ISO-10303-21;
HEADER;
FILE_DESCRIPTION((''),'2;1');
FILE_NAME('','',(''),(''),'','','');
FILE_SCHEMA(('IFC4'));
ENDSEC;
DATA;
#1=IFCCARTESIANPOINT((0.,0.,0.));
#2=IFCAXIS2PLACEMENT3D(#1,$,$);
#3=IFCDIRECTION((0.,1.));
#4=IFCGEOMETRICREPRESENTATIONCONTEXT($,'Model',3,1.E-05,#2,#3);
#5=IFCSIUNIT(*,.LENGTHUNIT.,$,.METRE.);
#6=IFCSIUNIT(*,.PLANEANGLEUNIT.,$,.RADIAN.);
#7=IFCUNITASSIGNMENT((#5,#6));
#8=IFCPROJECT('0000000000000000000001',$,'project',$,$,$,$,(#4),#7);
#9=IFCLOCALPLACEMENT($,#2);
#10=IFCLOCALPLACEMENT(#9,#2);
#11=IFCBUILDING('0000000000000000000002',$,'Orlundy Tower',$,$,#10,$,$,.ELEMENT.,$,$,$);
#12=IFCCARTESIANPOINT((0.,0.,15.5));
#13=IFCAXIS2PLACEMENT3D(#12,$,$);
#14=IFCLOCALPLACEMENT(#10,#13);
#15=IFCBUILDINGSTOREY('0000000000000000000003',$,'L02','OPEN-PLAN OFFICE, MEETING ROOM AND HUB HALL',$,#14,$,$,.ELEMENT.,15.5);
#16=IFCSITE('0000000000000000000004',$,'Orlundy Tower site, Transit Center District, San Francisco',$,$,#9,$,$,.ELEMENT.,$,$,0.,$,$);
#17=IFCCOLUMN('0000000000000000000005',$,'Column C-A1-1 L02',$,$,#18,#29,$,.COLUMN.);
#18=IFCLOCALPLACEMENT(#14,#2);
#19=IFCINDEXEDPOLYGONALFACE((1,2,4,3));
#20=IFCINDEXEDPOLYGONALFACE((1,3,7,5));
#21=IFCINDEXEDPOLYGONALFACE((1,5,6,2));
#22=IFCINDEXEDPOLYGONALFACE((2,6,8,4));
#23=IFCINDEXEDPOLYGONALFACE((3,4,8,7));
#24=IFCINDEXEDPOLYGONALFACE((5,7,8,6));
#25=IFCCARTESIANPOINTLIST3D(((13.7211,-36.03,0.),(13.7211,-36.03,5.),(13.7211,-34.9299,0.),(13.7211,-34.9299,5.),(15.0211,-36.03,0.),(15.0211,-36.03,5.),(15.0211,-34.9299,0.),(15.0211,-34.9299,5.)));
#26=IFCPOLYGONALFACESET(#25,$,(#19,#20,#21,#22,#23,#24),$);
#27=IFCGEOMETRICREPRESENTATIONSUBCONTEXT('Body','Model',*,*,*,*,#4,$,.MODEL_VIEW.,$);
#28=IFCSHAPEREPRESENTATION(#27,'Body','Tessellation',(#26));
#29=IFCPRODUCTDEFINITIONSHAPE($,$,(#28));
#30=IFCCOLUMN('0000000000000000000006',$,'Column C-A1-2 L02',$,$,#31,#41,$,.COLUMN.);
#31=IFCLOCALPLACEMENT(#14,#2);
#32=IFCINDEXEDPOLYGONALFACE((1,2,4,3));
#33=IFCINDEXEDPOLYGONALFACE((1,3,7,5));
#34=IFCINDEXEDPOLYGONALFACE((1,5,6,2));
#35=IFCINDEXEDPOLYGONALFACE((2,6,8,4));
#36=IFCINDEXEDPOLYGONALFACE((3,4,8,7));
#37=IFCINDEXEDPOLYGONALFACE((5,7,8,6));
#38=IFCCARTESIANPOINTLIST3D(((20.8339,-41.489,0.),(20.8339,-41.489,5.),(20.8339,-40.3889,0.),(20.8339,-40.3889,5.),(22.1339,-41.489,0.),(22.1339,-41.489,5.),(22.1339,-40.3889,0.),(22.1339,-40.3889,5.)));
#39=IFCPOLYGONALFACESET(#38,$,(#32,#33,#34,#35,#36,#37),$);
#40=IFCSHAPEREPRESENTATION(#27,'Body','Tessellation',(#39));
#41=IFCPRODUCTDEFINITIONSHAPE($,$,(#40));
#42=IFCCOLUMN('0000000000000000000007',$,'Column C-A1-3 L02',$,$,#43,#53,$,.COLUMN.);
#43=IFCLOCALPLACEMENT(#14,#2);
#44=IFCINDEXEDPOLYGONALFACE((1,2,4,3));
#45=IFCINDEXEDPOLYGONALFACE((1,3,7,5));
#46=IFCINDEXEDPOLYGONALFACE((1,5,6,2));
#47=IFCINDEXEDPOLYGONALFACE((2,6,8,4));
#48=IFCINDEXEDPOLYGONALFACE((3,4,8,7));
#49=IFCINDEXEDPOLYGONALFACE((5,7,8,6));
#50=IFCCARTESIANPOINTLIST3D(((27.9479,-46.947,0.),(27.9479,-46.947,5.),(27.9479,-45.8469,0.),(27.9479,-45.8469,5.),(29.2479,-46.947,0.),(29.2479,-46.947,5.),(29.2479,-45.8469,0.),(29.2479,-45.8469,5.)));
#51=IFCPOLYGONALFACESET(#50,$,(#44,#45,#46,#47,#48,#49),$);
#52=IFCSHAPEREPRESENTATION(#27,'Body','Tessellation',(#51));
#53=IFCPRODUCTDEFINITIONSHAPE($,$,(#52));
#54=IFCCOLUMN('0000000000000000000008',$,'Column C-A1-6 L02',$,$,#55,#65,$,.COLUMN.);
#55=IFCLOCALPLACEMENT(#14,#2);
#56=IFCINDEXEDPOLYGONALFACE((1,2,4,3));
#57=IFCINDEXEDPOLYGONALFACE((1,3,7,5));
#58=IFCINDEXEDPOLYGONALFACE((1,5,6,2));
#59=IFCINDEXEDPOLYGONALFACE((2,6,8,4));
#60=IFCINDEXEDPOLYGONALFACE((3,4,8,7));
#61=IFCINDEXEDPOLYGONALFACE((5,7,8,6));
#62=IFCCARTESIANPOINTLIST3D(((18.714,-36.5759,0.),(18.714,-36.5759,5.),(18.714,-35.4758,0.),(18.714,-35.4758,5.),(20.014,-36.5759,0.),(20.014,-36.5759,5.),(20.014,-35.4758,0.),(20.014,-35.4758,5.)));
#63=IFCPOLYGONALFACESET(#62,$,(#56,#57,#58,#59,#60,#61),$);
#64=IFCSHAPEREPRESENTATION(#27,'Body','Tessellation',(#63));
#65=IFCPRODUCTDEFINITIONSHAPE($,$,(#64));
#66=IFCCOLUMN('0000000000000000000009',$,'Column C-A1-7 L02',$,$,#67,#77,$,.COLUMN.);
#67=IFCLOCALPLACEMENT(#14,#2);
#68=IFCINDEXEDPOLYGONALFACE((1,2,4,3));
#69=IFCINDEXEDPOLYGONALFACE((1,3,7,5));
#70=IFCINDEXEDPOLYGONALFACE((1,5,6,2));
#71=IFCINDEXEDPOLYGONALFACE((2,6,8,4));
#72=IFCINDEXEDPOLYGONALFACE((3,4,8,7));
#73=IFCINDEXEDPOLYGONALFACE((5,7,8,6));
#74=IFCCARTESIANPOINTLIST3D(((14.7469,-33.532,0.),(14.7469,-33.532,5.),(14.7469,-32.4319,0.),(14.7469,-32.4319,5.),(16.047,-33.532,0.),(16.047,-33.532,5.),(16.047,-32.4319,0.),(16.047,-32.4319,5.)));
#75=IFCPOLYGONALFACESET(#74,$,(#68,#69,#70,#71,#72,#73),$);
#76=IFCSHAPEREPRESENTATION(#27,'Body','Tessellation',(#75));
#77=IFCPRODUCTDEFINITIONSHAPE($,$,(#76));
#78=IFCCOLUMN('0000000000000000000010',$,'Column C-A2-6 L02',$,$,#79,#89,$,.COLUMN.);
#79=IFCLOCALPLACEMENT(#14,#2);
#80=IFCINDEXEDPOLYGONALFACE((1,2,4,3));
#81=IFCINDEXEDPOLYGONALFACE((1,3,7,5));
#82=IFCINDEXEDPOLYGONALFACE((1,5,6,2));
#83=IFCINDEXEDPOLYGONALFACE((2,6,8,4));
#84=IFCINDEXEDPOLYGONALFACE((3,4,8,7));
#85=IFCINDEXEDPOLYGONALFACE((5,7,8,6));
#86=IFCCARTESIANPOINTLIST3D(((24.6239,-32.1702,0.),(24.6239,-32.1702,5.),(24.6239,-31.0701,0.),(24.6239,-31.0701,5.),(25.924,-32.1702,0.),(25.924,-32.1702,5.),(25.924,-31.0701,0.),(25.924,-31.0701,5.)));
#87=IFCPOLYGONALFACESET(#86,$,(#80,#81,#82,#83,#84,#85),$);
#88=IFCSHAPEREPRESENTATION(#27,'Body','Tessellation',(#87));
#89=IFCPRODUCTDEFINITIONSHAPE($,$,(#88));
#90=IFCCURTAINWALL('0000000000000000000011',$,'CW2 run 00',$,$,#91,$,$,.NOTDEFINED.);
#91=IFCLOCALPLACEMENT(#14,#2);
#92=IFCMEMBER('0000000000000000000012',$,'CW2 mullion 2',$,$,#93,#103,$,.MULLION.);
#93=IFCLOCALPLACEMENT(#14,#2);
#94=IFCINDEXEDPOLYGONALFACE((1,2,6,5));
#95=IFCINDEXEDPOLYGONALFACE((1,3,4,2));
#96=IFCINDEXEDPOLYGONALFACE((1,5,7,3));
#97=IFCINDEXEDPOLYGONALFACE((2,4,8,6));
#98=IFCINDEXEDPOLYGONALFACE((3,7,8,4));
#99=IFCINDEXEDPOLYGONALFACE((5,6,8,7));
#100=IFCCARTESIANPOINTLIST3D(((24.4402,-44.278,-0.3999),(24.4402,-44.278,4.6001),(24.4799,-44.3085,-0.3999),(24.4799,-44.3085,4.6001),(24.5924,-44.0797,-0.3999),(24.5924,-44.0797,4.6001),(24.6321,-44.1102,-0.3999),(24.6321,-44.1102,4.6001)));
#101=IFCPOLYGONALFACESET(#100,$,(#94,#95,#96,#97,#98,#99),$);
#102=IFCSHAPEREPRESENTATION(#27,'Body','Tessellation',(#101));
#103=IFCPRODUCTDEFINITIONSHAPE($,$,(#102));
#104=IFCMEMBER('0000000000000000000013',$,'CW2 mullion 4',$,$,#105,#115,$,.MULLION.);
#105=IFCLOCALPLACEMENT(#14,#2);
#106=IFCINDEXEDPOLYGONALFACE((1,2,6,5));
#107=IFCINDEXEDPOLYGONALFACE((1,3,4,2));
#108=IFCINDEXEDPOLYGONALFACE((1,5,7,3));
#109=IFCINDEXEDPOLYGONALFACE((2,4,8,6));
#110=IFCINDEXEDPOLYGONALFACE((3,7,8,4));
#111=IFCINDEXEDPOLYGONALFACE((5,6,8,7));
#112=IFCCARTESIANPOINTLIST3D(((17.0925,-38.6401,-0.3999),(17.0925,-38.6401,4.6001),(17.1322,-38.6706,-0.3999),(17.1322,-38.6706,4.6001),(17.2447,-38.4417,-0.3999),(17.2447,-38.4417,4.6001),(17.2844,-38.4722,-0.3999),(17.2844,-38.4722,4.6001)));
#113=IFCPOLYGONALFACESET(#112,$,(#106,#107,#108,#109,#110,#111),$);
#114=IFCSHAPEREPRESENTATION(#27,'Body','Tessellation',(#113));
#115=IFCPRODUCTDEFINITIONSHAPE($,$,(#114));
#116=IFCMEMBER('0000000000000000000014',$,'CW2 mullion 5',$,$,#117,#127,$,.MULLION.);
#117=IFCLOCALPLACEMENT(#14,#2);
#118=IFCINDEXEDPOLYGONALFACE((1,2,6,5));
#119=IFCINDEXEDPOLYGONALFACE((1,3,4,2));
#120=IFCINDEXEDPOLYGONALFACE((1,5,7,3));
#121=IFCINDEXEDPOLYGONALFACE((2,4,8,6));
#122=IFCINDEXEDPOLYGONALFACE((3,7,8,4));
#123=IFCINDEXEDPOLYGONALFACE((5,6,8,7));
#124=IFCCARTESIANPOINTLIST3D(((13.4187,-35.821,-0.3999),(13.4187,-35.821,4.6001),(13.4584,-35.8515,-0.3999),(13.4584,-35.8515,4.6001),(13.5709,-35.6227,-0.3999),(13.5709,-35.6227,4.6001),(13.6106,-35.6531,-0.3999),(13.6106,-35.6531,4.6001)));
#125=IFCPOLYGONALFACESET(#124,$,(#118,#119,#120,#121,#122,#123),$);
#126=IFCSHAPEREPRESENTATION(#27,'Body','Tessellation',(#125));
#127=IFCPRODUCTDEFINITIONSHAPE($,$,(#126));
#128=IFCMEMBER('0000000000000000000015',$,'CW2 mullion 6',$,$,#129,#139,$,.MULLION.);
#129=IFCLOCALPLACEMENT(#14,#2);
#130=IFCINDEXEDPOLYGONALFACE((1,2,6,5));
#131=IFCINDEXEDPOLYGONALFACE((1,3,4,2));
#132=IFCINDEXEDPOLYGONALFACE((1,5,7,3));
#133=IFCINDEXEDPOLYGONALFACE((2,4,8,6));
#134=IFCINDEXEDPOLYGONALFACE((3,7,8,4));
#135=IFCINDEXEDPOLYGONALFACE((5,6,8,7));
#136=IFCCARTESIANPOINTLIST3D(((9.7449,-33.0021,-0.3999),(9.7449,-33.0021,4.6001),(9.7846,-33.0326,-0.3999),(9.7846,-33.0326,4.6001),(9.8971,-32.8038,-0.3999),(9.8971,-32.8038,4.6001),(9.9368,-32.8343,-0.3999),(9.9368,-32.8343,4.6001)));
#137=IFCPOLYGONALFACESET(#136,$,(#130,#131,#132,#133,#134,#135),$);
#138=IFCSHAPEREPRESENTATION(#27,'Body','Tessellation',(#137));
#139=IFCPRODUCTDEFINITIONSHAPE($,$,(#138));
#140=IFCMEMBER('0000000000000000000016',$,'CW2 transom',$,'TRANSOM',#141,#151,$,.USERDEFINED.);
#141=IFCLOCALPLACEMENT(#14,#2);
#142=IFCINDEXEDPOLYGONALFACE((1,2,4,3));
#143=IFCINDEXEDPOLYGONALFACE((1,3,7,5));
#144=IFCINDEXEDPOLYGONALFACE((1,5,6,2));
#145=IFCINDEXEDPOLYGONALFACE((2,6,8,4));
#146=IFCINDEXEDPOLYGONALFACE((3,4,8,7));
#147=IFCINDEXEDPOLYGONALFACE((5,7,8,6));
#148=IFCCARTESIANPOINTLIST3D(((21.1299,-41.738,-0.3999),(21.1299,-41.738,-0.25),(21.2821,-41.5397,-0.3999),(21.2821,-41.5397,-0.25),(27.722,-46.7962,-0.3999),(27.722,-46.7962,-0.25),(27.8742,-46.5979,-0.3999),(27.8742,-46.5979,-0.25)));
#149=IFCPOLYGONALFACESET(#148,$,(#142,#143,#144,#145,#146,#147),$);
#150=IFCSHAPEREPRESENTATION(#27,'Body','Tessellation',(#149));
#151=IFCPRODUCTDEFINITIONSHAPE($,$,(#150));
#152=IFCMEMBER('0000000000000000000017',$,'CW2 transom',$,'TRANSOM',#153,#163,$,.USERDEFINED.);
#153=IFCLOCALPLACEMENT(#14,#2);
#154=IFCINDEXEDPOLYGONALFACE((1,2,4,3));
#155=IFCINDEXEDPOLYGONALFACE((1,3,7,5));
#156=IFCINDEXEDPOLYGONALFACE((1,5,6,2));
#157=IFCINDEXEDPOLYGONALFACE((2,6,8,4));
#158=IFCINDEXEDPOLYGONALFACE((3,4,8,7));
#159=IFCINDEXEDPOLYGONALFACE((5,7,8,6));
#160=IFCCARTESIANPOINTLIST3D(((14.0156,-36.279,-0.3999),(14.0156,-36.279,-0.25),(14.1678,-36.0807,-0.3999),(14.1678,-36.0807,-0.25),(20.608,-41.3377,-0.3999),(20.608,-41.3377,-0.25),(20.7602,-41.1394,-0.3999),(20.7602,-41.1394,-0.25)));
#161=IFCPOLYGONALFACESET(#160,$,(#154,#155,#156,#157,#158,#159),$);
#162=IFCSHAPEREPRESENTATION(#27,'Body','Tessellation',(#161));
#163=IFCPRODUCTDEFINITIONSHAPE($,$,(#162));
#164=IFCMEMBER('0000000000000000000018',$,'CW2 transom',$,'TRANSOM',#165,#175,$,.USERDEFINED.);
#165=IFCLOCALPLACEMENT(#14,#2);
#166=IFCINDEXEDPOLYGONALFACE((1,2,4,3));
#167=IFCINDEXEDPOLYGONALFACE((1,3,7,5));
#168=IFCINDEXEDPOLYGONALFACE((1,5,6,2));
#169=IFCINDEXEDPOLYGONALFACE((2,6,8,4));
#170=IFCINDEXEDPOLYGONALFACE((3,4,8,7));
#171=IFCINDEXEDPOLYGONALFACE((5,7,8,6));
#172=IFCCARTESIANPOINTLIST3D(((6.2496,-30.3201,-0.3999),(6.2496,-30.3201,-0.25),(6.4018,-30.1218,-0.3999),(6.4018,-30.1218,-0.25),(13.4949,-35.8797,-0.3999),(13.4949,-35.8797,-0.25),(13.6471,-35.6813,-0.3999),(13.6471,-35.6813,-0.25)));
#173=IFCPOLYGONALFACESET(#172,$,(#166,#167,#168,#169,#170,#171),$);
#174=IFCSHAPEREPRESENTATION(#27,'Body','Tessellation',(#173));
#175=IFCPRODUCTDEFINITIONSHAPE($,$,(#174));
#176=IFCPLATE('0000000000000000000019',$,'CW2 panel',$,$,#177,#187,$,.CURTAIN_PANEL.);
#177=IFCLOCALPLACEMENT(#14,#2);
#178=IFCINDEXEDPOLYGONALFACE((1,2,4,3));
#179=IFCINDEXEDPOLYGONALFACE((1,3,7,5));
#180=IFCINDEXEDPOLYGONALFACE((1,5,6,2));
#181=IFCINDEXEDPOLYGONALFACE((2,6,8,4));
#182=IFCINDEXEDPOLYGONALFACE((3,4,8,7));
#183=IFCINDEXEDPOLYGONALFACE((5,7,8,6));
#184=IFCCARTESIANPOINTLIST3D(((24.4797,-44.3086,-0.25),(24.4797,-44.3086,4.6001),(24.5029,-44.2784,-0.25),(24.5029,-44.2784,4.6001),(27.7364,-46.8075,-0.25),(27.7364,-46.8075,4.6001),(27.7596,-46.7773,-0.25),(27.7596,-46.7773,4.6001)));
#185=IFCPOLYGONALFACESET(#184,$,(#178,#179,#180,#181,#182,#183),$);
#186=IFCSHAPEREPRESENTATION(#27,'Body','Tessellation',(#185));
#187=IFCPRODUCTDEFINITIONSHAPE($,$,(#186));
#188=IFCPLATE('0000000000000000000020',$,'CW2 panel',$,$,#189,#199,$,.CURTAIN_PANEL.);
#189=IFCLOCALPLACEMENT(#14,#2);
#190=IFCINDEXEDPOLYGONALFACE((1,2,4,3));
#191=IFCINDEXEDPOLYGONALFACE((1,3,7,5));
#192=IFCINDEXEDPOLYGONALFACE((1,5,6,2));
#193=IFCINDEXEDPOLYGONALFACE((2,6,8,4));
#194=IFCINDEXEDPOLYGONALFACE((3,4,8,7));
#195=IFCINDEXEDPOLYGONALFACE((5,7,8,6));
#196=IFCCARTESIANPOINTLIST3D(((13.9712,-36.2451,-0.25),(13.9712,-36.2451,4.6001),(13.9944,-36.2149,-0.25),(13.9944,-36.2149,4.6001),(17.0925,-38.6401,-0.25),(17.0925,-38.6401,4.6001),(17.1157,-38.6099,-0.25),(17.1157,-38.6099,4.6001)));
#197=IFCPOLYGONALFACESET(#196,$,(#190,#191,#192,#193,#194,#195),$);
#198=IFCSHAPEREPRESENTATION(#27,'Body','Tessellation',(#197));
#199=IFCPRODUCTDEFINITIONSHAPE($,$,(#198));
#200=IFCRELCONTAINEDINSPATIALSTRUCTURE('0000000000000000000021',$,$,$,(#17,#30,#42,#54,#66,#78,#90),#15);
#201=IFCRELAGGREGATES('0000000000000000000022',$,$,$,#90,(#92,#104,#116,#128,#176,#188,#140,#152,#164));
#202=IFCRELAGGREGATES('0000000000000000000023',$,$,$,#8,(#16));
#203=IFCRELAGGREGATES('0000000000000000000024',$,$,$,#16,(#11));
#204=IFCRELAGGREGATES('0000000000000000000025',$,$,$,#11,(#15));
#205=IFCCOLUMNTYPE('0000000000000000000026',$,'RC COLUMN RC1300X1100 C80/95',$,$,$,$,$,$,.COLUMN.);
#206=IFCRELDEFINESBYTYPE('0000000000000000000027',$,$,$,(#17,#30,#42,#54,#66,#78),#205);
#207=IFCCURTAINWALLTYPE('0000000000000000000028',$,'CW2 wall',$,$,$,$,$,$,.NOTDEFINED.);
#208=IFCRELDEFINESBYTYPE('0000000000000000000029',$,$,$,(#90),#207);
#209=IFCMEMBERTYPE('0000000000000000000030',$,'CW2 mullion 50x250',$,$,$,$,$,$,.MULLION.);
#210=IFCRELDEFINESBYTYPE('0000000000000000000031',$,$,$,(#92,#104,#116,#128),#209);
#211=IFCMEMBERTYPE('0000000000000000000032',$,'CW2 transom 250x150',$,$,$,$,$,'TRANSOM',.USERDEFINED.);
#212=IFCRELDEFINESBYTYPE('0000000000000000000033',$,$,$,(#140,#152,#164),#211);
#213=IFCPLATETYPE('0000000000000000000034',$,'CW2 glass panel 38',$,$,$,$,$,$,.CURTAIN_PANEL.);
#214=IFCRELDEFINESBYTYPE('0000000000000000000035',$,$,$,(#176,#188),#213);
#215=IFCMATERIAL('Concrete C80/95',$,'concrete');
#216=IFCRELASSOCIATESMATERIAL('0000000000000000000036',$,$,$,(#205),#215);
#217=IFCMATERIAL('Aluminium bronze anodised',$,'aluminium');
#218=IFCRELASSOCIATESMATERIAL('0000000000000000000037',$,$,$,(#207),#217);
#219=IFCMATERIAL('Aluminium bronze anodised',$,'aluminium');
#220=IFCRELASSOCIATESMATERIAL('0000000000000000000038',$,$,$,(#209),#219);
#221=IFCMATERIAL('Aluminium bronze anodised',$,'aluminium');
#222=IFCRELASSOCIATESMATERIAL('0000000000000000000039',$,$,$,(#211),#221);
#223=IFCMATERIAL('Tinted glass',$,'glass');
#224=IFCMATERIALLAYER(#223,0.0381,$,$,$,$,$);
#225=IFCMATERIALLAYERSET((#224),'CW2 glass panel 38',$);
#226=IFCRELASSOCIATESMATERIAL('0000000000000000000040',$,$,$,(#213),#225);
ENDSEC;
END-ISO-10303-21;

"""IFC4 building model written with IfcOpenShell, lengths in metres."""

from ifc_helpers import new_model, si_unit, direction, frame, origin, origin_2d, place, context, subcontext, project, spatial, rectangle, extrude, material, layer, layer_set, material_profile, profile_set, type_object, element, aggregate, save


model = new_model("IFC4")

# Units and contexts
model_context = context("Model", 3, precision=1e-05, world=origin(), true_north=direction((0.0, 1.0)))
body_context = subcontext(model_context, "Body", "Model", "MODEL_VIEW")
ifc_project = project(units=[si_unit("LENGTHUNIT", "METRE"), si_unit("PLANEANGLEUNIT", "RADIAN")], contexts=[model_context])

# Site, building, storey
site_placement = place(None, origin())
site = spatial("IfcSite", under=ifc_project, at=site_placement, Name="Orlundy Tower site, Transit Center District, San Francisco", CompositionType="ELEMENT", RefElevation=0.0)
building_placement = place(site_placement, origin())
building = spatial("IfcBuilding", under=site, at=building_placement, Name="Orlundy Tower", CompositionType="ELEMENT")
storey_placement = place(building_placement, frame((0.0, 0.0, 15.5)))
storey = spatial("IfcBuildingStorey", under=building, at=storey_placement, Name="L02", Description="OPEN-PLAN OFFICE, MEETING ROOM AND HUB HALL", CompositionType="ELEMENT", Elevation=15.5)

# Columns
ifc_material_1 = material(Name="Concrete C80/95", Category="concrete")
ifc_material_profile_1 = material_profile(ifc_material_1, rectangle(XDim=1.3, YDim=1.1001, at=origin_2d()), Name="RC1300X1100")
ifc_profile_set_1 = profile_set([ifc_material_profile_1], Name="Concrete C80/95")
column_type = type_object("IfcColumnType", Name="RC COLUMN RC1300X1100 C80/95", PredefinedType="COLUMN", material=ifc_profile_set_1)
for number, where, z_axis, x_axis, name in (
    (1, (14.3711, -35.48, 0.0), (0.0, 0.0, 1.0), (1.0, 0.0, 0.0), "Column C-A1-1 L02"),
    (2, (21.4839, -40.939, 0.0), (0.0, 0.0, 1.0), (1.0, 0.0, 0.0), "Column C-A1-2 L02"),
    (3, (28.5979, -46.397, 0.0), (0.0, 0.0, 1.0), (1.0, 0.0, 0.0), "Column C-A1-3 L02"),
    (4, (19.364, -36.0259, 0.0), (0.0, 0.0, 1.0), (1.0, 0.0, 0.0), "Column C-A1-6 L02"),
    (5, (15.397, -32.9819, 0.0), (0.0, 0.0, 1.0), (1.0, 0.0, 0.0), "Column C-A1-7 L02"),
    (6, (25.2739, -31.6201, 0.0), (0.0, 0.0, 1.0), (1.0, 0.0, 0.0), "Column C-A2-6 L02"),
):
    element("IfcColumn", number, at=place(storey_placement, frame(where, z_axis=z_axis, x_axis=x_axis)), inside=storey, type_object=column_type, Name=name, PredefinedType="COLUMN", context=body_context, shape_type="SweptSolid", body=[
        extrude(rectangle(XDim=1.3, YDim=1.1001, at=origin_2d()), origin(), (0.0, 0.0, 1.0), 5.0),
    ])

# Curtain wall, members, plates
ifc_material_2 = material(Name="Aluminium bronze anodised", Category="aluminium")
curtain_wall_type = type_object("IfcCurtainWallType", Name="CW2 wall", PredefinedType="NOTDEFINED", material=ifc_material_2)
curtain_wall_1_placement = place(storey_placement, origin())
curtain_wall_1 = element("IfcCurtainWall", 7, at=curtain_wall_1_placement, inside=storey, type_object=curtain_wall_type, Name="CW2 run 00", PredefinedType="NOTDEFINED")
ifc_material_3 = material(Name="Aluminium bronze anodised", Category="aluminium")
ifc_material_profile_2 = material_profile(ifc_material_3, rectangle(XDim=0.25, YDim=0.05, at=origin_2d()), Name="CW2 mullion 50x250")
ifc_profile_set_2 = profile_set([ifc_material_profile_2], Name="Aluminium bronze anodised")
member_type_1 = type_object("IfcMemberType", Name="CW2 mullion 50x250", PredefinedType="MULLION", material=ifc_profile_set_2)
member_1_placement = place(storey_placement, frame((24.5361, -44.1941, -0.3999), z_axis=(0.0, 0.0, 1.0), x_axis=(-0.608757, -0.793357, 0.0)))
member_1 = element("IfcMember", 8, at=member_1_placement, type_object=member_type_1, Name="CW2 mullion 2", PredefinedType="MULLION", context=body_context, shape_type="SweptSolid", body=[
    extrude(rectangle(XDim=0.25, YDim=0.05, at=origin_2d()), origin(), (0.0, 0.0, 1.0), 5.0),
])
member_2_placement = place(storey_placement, frame((17.1885, -38.5562, -0.3999), z_axis=(0.0, 0.0, 1.0), x_axis=(-0.608757, -0.793357, 0.0)))
member_2 = element("IfcMember", 9, at=member_2_placement, type_object=member_type_1, Name="CW2 mullion 4", PredefinedType="MULLION", context=body_context, shape_type="SweptSolid", body=[
    extrude(rectangle(XDim=0.25, YDim=0.05, at=origin_2d()), origin(), (0.0, 0.0, 1.0), 5.0),
])
member_3_placement = place(storey_placement, frame((13.5146, -35.7371, -0.3999), z_axis=(0.0, 0.0, 1.0), x_axis=(-0.608757, -0.793357, 0.0)))
member_3 = element("IfcMember", 10, at=member_3_placement, type_object=member_type_1, Name="CW2 mullion 5", PredefinedType="MULLION", context=body_context, shape_type="SweptSolid", body=[
    extrude(rectangle(XDim=0.25, YDim=0.05, at=origin_2d()), origin(), (0.0, 0.0, 1.0), 5.0),
])
member_4_placement = place(storey_placement, frame((9.8408, -32.9182, -0.3999), z_axis=(0.0, 0.0, 1.0), x_axis=(-0.608757, -0.793357, 0.0)))
member_4 = element("IfcMember", 11, at=member_4_placement, type_object=member_type_1, Name="CW2 mullion 6", PredefinedType="MULLION", context=body_context, shape_type="SweptSolid", body=[
    extrude(rectangle(XDim=0.25, YDim=0.05, at=origin_2d()), origin(), (0.0, 0.0, 1.0), 5.0),
])
ifc_material_4 = material(Name="Aluminium bronze anodised", Category="aluminium")
ifc_material_profile_3 = material_profile(ifc_material_4, rectangle(XDim=0.25, YDim=0.1499, at=origin_2d()), Name="CW2 transom 250x150")
ifc_profile_set_3 = profile_set([ifc_material_profile_3], Name="Aluminium bronze anodised")
member_type_2 = type_object("IfcMemberType", Name="CW2 transom 250x150", ElementType="TRANSOM", PredefinedType="USERDEFINED", material=ifc_profile_set_3)
member_5_placement = place(storey_placement, frame((27.7981, -46.697, -0.325), z_axis=(-0.793362, 0.60875, 0.0), x_axis=(-0.60875, -0.793362, 0.0)))
member_5 = element("IfcMember", 12, at=member_5_placement, type_object=member_type_2, Name="CW2 transom", ObjectType="TRANSOM", PredefinedType="USERDEFINED", context=body_context, shape_type="SweptSolid", body=[
    extrude(rectangle(XDim=0.25, YDim=0.1499, at=origin_2d()), origin(), (0.0, 0.0, 1.0), 8.3091),
])
member_6_placement = place(storey_placement, frame((20.6841, -41.2385, -0.325), z_axis=(-0.793344, 0.608773, 0.0), x_axis=(-0.608773, -0.793344, 0.0)))
member_6 = element("IfcMember", 13, at=member_6_placement, type_object=member_type_2, Name="CW2 transom", ObjectType="TRANSOM", PredefinedType="USERDEFINED", context=body_context, shape_type="SweptSolid", body=[
    extrude(rectangle(XDim=0.25, YDim=0.1499, at=origin_2d()), origin(), (0.0, 0.0, 1.0), 8.3096),
])
member_7_placement = place(storey_placement, frame((13.571, -35.7805, -0.325), z_axis=(-0.793353, 0.608762, 0.0), x_axis=(-0.608762, -0.793353, 0.0)))
member_7 = element("IfcMember", 14, at=member_7_placement, type_object=member_type_2, Name="CW2 transom", ObjectType="TRANSOM", PredefinedType="USERDEFINED", context=body_context, shape_type="SweptSolid", body=[
    extrude(rectangle(XDim=0.25, YDim=0.1499, at=origin_2d()), origin(), (0.0, 0.0, 1.0), 9.1326),
])
ifc_material_5 = material(Name="Tinted glass", Category="glass")
ifc_layer_1 = layer(ifc_material_5, 0.0381)
ifc_layer_set_1 = layer_set([ifc_layer_1], Name="CW2 glass panel 38")
plate_type_1 = type_object("IfcPlateType", Name="CW2 glass panel 38", PredefinedType="CURTAIN_PANEL", material=ifc_layer_set_1)
plate_1_placement = place(storey_placement, frame((26.1196, -45.543, -0.25), z_axis=(0.0, 0.0, 1.0), x_axis=(-0.793357, 0.608757, 0.0)))
plate_1 = element("IfcPlate", 15, at=plate_1_placement, type_object=plate_type_1, Name="CW2 panel", PredefinedType="CURTAIN_PANEL", context=body_context, shape_type="SweptSolid", body=[
    extrude(rectangle(XDim=4.105, YDim=0.0381, at=origin_2d()), origin(), (0.0, 0.0, 1.0), 4.8501),
])
plate_2_placement = place(storey_placement, frame((15.5435, -37.4275, -0.25), z_axis=(0.0, 0.0, 1.0), x_axis=(-0.793357, 0.608757, 0.0)))
plate_2 = element("IfcPlate", 16, at=plate_2_placement, type_object=plate_type_1, Name="CW2 panel", PredefinedType="CURTAIN_PANEL", context=body_context, shape_type="SweptSolid", body=[
    extrude(rectangle(XDim=3.9343, YDim=0.0381, at=origin_2d()), origin(), (0.0, 0.0, 1.0), 4.8501),
])

aggregate(curtain_wall_1, [member_1, member_2, member_3, member_4, plate_1, plate_2, member_5, member_6, member_7])

save(model, "model.ifc")
